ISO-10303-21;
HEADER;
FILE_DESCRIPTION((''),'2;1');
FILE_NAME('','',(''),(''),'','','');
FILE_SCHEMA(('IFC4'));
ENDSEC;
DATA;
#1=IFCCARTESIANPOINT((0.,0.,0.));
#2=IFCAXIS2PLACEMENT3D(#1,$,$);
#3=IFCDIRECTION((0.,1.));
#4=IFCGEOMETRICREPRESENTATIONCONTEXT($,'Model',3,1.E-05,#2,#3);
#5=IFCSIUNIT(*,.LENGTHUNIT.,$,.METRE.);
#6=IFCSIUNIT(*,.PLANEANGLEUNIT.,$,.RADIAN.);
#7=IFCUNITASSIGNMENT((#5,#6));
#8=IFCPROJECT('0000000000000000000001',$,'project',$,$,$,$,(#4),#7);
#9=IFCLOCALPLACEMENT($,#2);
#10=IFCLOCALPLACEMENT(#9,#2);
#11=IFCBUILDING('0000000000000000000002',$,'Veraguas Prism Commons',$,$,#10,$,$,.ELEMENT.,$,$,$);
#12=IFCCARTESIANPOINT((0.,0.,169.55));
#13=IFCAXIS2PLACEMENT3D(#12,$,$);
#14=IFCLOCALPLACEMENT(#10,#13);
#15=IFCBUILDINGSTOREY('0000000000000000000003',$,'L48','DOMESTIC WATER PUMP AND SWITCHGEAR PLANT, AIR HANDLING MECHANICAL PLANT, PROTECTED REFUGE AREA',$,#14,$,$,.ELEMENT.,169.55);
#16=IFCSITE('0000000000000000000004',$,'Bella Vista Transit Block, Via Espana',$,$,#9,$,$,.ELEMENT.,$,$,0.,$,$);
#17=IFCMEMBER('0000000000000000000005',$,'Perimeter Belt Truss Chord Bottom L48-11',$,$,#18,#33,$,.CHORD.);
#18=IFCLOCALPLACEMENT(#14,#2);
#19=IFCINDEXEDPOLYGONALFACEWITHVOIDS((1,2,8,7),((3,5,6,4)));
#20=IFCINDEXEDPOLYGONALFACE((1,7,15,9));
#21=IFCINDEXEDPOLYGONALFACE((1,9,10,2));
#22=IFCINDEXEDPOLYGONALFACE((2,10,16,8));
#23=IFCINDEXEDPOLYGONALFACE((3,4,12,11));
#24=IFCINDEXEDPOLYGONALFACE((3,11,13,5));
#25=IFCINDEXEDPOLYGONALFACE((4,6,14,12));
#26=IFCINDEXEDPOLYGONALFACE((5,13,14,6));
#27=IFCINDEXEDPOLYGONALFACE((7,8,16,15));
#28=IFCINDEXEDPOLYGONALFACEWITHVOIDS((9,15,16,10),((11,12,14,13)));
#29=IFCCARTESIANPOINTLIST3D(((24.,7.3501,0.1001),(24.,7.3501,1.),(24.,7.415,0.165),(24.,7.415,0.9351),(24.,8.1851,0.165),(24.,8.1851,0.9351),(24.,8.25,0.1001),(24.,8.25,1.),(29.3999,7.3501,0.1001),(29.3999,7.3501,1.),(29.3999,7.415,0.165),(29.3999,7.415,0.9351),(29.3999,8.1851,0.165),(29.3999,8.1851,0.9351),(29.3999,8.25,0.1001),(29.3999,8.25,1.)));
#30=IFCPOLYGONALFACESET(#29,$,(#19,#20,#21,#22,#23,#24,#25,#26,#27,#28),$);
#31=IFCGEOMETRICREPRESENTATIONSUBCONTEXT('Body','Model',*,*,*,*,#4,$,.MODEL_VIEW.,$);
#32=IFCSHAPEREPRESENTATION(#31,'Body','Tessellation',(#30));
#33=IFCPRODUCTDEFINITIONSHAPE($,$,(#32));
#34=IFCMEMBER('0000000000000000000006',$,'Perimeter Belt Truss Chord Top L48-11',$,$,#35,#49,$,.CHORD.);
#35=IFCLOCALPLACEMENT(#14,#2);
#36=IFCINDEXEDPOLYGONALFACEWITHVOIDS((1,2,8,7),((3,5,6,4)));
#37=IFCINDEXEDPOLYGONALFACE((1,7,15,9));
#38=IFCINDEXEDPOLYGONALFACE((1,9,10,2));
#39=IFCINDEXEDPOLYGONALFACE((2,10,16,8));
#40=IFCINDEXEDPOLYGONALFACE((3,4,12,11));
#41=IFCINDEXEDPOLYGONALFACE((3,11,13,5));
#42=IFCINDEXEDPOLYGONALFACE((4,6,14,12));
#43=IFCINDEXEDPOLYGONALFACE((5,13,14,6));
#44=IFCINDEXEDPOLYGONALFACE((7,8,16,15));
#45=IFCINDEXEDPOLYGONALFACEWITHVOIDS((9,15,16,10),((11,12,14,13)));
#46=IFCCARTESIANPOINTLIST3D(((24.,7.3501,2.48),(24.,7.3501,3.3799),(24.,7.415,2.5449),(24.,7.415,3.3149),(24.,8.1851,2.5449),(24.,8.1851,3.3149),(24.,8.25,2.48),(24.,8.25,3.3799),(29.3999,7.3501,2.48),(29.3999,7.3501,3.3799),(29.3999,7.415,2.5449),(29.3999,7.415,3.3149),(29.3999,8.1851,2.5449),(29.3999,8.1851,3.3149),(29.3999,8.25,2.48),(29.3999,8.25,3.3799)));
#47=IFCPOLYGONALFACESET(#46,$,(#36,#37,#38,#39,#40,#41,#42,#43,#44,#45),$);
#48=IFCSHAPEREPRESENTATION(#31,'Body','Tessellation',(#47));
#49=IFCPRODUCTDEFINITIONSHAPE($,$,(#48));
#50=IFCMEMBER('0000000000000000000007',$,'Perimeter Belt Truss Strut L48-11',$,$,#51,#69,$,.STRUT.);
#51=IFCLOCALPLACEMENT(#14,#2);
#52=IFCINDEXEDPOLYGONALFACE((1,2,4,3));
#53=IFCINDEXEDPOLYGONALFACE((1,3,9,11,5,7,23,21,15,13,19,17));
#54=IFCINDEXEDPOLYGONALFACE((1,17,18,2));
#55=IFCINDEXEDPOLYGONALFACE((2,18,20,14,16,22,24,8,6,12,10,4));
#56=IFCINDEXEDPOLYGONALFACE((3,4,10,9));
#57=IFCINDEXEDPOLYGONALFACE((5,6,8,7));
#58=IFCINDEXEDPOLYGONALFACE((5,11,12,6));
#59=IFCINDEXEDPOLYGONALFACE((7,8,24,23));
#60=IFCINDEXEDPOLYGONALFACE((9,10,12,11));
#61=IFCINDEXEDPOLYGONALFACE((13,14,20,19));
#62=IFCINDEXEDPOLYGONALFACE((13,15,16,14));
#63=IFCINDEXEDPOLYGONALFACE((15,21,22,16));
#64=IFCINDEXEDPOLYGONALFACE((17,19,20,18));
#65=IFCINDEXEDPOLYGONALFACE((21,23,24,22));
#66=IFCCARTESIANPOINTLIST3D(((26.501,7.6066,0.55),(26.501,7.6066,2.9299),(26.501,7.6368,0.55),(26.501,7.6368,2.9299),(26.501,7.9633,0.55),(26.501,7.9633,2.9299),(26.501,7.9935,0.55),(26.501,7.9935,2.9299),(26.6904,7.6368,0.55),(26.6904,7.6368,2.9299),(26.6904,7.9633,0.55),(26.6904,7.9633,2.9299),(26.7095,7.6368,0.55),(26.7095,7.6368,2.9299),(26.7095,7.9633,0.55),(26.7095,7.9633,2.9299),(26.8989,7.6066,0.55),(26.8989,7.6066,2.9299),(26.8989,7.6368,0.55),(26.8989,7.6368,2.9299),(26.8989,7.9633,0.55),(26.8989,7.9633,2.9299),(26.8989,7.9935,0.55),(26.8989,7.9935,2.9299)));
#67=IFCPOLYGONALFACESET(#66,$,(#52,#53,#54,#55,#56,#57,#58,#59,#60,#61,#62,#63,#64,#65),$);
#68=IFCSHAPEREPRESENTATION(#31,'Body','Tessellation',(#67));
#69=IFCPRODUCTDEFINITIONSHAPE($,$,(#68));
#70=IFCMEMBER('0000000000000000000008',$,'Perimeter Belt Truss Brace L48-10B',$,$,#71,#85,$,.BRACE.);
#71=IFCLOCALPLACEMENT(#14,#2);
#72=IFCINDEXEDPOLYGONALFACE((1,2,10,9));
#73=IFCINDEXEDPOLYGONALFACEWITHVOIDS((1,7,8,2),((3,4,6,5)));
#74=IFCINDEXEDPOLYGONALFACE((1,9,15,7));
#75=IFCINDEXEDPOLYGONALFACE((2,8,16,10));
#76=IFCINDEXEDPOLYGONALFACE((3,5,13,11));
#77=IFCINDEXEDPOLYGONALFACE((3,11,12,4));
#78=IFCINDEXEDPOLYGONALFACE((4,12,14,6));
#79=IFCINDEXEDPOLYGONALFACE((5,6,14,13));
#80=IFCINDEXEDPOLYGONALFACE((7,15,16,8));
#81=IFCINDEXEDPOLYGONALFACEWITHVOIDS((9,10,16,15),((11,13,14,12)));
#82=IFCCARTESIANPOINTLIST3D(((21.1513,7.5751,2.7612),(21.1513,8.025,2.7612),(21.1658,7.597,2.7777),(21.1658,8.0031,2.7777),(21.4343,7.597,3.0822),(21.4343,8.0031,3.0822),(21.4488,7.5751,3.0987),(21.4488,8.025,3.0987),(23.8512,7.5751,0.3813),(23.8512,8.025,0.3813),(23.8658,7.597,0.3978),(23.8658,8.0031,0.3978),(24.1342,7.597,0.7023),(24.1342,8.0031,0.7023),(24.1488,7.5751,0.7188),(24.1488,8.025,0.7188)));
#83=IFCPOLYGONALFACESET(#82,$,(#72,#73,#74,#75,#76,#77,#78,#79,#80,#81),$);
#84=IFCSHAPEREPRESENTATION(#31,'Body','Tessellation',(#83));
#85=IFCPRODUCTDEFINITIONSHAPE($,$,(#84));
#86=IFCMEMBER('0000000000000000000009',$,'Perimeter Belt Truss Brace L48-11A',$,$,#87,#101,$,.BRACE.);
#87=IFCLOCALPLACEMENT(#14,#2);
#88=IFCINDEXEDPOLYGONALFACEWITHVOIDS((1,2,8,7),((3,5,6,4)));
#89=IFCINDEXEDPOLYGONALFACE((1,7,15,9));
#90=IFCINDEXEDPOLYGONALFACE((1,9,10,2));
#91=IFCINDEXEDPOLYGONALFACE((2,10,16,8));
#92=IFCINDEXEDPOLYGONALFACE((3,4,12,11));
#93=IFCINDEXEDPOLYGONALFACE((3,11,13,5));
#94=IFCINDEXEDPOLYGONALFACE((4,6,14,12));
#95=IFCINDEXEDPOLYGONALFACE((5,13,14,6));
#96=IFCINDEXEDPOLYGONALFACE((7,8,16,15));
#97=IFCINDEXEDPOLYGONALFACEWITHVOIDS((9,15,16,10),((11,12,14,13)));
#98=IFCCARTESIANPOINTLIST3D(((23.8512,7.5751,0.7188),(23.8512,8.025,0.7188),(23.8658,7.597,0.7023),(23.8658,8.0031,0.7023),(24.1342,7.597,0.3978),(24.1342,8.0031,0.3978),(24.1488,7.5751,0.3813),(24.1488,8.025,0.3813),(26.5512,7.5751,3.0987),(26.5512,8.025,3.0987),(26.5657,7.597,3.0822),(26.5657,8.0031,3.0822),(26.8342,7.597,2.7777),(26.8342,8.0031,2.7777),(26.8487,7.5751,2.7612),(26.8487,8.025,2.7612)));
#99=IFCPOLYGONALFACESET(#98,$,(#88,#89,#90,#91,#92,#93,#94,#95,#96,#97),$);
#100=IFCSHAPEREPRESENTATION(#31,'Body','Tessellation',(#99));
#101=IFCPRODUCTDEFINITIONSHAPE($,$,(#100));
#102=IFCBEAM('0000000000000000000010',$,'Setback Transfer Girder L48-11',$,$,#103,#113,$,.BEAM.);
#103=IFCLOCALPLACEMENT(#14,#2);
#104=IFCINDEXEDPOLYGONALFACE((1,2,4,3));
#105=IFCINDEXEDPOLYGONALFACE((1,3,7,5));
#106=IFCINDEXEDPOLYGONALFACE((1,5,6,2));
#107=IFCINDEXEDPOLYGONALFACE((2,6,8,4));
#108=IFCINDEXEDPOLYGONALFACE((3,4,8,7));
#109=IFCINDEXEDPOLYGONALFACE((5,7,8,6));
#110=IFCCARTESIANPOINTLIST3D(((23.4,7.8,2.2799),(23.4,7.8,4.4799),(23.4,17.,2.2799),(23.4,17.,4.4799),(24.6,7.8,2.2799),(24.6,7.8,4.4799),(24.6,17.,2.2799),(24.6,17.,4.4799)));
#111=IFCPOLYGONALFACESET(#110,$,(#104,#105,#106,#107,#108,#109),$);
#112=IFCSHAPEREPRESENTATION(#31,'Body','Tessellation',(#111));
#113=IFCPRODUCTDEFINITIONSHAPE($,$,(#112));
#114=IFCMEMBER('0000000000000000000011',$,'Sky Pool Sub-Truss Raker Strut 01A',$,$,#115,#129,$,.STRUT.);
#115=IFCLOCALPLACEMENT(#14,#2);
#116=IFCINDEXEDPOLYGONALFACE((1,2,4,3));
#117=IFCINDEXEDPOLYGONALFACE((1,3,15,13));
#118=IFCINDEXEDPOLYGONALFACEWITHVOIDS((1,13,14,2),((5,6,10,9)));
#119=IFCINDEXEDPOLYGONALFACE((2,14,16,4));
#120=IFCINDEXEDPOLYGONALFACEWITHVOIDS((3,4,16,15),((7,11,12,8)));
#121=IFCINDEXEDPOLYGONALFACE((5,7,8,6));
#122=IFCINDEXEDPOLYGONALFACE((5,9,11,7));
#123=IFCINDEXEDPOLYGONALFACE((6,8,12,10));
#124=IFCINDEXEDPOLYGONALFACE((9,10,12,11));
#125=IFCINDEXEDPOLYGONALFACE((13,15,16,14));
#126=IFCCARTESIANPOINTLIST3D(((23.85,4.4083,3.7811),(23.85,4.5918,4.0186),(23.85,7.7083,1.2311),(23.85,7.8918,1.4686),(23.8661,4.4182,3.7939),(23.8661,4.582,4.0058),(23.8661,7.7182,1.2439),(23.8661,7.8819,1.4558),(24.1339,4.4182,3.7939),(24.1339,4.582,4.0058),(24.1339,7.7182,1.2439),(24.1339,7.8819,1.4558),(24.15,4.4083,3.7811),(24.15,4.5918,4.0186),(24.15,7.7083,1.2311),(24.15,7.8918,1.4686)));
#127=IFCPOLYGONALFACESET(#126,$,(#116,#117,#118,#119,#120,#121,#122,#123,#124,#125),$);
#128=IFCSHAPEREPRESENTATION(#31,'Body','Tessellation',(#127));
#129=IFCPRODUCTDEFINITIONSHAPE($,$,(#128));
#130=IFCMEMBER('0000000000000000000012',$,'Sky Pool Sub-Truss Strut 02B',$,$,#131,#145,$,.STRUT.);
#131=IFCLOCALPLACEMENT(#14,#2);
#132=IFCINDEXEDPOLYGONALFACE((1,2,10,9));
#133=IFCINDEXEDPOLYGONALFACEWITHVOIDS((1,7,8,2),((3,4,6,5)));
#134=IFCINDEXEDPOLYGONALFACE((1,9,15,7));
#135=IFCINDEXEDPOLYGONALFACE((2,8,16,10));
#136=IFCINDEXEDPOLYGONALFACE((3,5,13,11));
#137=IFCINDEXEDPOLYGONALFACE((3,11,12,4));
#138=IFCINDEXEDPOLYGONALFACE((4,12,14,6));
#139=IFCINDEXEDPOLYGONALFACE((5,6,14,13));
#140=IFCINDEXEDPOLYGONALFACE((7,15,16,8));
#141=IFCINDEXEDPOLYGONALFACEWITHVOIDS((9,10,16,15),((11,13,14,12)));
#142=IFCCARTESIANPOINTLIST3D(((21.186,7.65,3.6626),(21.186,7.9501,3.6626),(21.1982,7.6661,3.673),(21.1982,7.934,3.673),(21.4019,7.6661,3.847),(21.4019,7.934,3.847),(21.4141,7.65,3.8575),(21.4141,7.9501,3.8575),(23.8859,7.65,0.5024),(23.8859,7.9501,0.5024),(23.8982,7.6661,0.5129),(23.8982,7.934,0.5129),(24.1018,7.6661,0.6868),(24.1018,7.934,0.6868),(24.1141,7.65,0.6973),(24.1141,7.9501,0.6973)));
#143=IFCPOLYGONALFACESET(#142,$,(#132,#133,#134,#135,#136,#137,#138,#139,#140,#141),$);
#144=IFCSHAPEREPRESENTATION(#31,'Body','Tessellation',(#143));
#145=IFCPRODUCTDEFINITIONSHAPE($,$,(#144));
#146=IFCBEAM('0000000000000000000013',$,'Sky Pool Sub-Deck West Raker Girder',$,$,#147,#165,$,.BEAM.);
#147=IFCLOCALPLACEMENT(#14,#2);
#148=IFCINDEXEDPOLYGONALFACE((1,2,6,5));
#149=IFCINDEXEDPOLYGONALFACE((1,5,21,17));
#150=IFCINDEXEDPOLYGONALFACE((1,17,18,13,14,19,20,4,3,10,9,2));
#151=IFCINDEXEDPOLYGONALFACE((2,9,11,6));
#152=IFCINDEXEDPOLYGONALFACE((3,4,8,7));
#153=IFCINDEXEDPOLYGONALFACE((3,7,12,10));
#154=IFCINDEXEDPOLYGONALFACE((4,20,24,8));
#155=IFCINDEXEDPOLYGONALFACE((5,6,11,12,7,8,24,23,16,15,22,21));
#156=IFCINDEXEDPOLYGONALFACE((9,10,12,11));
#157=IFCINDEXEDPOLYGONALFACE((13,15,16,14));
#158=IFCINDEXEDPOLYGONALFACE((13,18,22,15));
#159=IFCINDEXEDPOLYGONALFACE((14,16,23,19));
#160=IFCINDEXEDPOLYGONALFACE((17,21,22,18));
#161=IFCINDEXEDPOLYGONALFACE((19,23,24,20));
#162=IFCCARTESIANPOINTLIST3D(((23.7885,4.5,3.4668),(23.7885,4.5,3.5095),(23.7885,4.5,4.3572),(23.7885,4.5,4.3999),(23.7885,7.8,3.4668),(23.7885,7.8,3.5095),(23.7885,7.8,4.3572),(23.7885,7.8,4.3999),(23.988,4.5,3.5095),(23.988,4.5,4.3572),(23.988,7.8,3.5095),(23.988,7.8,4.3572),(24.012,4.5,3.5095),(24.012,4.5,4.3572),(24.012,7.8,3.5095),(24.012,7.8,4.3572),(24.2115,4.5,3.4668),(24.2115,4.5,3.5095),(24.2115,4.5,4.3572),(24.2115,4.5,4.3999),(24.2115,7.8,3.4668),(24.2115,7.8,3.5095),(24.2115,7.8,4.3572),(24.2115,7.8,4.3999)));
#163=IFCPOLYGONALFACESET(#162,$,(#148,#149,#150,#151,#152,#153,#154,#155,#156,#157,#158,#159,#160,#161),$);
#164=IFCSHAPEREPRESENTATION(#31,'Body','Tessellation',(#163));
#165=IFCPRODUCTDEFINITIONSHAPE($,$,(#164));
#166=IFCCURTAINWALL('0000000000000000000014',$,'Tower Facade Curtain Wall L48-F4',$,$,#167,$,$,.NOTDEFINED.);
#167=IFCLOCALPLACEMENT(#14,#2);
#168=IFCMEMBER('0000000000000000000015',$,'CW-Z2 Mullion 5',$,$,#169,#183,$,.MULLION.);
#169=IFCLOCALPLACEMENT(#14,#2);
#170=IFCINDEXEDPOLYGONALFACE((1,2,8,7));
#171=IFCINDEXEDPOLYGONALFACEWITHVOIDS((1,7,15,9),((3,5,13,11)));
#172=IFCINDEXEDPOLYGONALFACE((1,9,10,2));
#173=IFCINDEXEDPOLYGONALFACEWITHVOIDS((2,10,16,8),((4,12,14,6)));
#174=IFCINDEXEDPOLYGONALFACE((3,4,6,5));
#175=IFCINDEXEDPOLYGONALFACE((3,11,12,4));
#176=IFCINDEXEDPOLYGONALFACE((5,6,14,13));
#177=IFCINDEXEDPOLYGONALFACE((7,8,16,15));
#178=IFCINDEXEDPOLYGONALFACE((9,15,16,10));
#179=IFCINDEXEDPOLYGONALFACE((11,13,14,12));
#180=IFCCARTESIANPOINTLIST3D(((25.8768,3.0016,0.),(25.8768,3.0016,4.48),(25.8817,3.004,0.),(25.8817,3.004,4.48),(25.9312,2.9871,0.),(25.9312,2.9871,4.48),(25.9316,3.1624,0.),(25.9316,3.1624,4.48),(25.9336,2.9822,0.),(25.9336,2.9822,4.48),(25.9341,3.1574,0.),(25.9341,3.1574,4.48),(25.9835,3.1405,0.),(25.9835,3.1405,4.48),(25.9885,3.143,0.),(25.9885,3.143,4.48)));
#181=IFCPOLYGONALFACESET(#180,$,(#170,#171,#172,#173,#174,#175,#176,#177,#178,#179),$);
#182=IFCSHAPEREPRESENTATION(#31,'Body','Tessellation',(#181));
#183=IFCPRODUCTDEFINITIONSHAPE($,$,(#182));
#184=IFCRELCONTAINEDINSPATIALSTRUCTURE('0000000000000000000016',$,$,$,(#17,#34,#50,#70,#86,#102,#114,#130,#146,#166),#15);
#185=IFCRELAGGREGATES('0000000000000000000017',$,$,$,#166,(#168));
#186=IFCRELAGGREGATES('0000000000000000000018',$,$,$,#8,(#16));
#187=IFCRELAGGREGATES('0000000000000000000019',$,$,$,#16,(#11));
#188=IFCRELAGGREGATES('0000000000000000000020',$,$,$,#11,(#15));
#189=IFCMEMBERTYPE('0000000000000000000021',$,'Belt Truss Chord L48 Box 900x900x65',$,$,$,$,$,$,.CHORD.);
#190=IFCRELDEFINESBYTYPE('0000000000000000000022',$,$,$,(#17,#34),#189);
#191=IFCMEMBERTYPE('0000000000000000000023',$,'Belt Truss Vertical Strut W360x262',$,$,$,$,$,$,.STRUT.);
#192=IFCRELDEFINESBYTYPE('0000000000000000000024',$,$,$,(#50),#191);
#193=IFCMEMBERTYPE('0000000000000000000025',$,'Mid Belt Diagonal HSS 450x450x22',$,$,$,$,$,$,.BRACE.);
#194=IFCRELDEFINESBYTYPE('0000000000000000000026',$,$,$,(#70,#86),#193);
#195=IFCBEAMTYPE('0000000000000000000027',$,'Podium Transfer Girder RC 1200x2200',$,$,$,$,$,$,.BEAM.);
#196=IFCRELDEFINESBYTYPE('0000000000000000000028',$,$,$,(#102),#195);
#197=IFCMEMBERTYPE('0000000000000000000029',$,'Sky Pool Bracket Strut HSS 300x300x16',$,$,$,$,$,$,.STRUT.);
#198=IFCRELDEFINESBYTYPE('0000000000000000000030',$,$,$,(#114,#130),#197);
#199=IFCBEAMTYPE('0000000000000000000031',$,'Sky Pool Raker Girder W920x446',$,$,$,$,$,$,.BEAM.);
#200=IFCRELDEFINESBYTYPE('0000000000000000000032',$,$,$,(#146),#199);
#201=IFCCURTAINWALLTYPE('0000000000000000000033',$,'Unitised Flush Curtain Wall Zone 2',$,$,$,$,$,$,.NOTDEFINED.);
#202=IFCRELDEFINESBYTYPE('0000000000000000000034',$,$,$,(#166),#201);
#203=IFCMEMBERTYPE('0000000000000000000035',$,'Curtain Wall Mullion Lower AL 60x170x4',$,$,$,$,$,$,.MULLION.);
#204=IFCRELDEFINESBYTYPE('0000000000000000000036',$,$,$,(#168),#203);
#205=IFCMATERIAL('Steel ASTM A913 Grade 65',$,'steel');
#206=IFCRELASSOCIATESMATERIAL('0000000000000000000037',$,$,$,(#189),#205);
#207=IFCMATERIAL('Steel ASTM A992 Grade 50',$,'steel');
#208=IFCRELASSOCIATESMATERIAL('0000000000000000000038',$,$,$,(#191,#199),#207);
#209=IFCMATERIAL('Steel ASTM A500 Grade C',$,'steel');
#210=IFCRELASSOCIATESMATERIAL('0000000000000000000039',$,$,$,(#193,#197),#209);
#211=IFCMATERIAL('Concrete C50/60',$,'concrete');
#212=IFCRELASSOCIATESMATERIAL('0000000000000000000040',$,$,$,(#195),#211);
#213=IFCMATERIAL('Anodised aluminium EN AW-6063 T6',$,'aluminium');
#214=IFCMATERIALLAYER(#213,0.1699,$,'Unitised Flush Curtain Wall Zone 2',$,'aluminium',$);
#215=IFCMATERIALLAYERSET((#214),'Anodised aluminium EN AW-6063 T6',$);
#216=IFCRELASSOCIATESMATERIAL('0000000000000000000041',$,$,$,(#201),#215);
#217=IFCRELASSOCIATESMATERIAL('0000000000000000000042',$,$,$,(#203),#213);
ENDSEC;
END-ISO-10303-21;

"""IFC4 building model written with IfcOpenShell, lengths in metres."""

from ifc_helpers import new_model, si_unit, direction, frame, origin, origin_2d, place, context, subcontext, project, spatial, rectangle, hollow_rectangle, i_section, extrude, source, transform, mapped, material, layer, layer_set, material_profile, profile_set, type_object, element, aggregate, save


model = new_model("IFC4")

# Units and contexts
model_context = context("Model", 3, precision=1e-05, world=origin(), true_north=direction((0.0, 1.0)))
body_context = subcontext(model_context, "Body", "Model", "MODEL_VIEW")
ifc_project = project(units=[si_unit("LENGTHUNIT", "METRE"), si_unit("PLANEANGLEUNIT", "RADIAN")], contexts=[model_context])

# Site, building, storey
site_placement = place(None, origin())
site = spatial("IfcSite", under=ifc_project, at=site_placement, Name="Bella Vista Transit Block, Via Espana", CompositionType="ELEMENT", RefElevation=0.0)
building_placement = place(site_placement, origin())
building = spatial("IfcBuilding", under=site, at=building_placement, Name="Veraguas Prism Commons", CompositionType="ELEMENT")
storey_placement = place(building_placement, frame((0.0, 0.0, 169.55)))
storey = spatial("IfcBuildingStorey", under=building, at=storey_placement, Name="L48", Description="DOMESTIC WATER PUMP AND SWITCHGEAR PLANT, AIR HANDLING MECHANICAL PLANT, PROTECTED REFUGE AREA", CompositionType="ELEMENT", Elevation=169.55)

# Members
ifc_material_1 = material(Name="Steel ASTM A913 Grade 65", Category="steel")
ifc_material_profile_1 = material_profile(ifc_material_1, hollow_rectangle(XDim=0.8999, YDim=0.8999, WallThickness=0.0649, at=origin_2d()), Name="BOX900X900X65")
ifc_profile_set_1 = profile_set([ifc_material_profile_1], Name="Steel ASTM A913 Grade 65")
member_type_1 = type_object("IfcMemberType", Name="Belt Truss Chord L48 Box 900x900x65", PredefinedType="CHORD", material=ifc_profile_set_1)
for number, where, z_axis, x_axis, name in (
    (1, (24.0, 7.8, 0.55), (1.0, 0.0, 0.0), (0.0, 1.0, 0.0), "Perimeter Belt Truss Chord Bottom L48-11"),
    (2, (24.0, 7.8, 2.9299), (1.0, 0.0, 0.0), (0.0, 1.0, 0.0), "Perimeter Belt Truss Chord Top L48-11"),
):
    element("IfcMember", number, at=place(storey_placement, frame(where, z_axis=z_axis, x_axis=x_axis)), inside=storey, type_object=member_type_1, Name=name, PredefinedType="CHORD", context=body_context, shape_type="SweptSolid", body=[
        extrude(hollow_rectangle(XDim=0.8999, YDim=0.8999, WallThickness=0.0649, at=origin_2d()), origin(), (0.0, 0.0, 1.0), 5.3999),
    ])
ifc_material_2 = material(Name="Steel ASTM A992 Grade 50", Category="steel")
ifc_material_profile_2 = material_profile(ifc_material_2, i_section(OverallWidth=0.3979, OverallDepth=0.387, WebThickness=0.019, FlangeThickness=0.0303, at=origin_2d()), Name="W360X262")
ifc_profile_set_2 = profile_set([ifc_material_profile_2], Name="Steel ASTM A992 Grade 50")
member_type_2 = type_object("IfcMemberType", Name="Belt Truss Vertical Strut W360x262", PredefinedType="STRUT", material=ifc_profile_set_2)
member_1_placement = place(storey_placement, frame((26.7, 7.8, 0.55), z_axis=(0.0, 0.0, 1.0), x_axis=(1.0, 0.0, 0.0)))
element("IfcMember", 3, at=member_1_placement, inside=storey, type_object=member_type_2, Name="Perimeter Belt Truss Strut L48-11", PredefinedType="STRUT", context=body_context, shape_type="SweptSolid", body=[
    extrude(i_section(OverallWidth=0.3979, OverallDepth=0.387, WebThickness=0.019, FlangeThickness=0.0303, at=origin_2d()), origin(), (0.0, 0.0, 1.0), 2.3799),
])
ifc_material_3 = material(Name="Steel ASTM A500 Grade C", Category="steel")
ifc_material_profile_3 = material_profile(ifc_material_3, hollow_rectangle(XDim=0.45, YDim=0.45, WallThickness=0.022, at=origin_2d()), Name="HSS450X450X22")
ifc_profile_set_3 = profile_set([ifc_material_profile_3], Name="Steel ASTM A500 Grade C")
member_type_3 = type_object("IfcMemberType", Name="Mid Belt Diagonal HSS 450x450x22", PredefinedType="BRACE", material=ifc_profile_set_3)
for number, where, z_axis, x_axis, name in (
    (4, (24.0, 7.8, 0.55), (-0.750172, 0.0, 0.661242), (0.0, -1.0, 0.0), "Perimeter Belt Truss Brace L48-10B"),
    (5, (24.0, 7.8, 0.55), (0.750172, 0.0, 0.661242), (0.0, 1.0, 0.0), "Perimeter Belt Truss Brace L48-11A"),
):
    element("IfcMember", number, at=place(storey_placement, frame(where, z_axis=z_axis, x_axis=x_axis)), inside=storey, type_object=member_type_3, Name=name, PredefinedType="BRACE", context=body_context, shape_type="SweptSolid", body=[
        extrude(hollow_rectangle(XDim=0.45, YDim=0.45, WallThickness=0.022, at=origin_2d()), origin(), (0.0, 0.0, 1.0), 3.5991),
    ])

# Beam
ifc_material_4 = material(Name="Concrete C50/60", Category="concrete")
ifc_material_profile_4 = material_profile(ifc_material_4, rectangle(XDim=1.2, YDim=2.2, at=origin_2d()), Name="RC1200X2200")
ifc_profile_set_4 = profile_set([ifc_material_profile_4], Name="Concrete C50/60")
beam_type_1 = type_object("IfcBeamType", Name="Podium Transfer Girder RC 1200x2200", PredefinedType="BEAM", material=ifc_profile_set_4)
beam_1_placement = place(storey_placement, frame((24.0, 7.8, 3.3799), z_axis=(0.0, 1.0, 0.0), x_axis=(-1.0, 0.0, 0.0)))
element("IfcBeam", 6, at=beam_1_placement, inside=storey, type_object=beam_type_1, Name="Setback Transfer Girder L48-11", PredefinedType="BEAM", context=body_context, shape_type="SweptSolid", body=[
    extrude(rectangle(XDim=1.2, YDim=2.2, at=origin_2d()), origin(), (0.0, 0.0, 1.0), 9.2),
])

# Members
ifc_material_profile_5 = material_profile(ifc_material_3, hollow_rectangle(XDim=0.3, YDim=0.3, WallThickness=0.0161, at=origin_2d()), Name="HSS300X300X16")
ifc_profile_set_5 = profile_set([ifc_material_profile_5], Name="Steel ASTM A500 Grade C")
member_type_4 = type_object("IfcMemberType", Name="Sky Pool Bracket Strut HSS 300x300x16", PredefinedType="STRUT", material=ifc_profile_set_5)
member_2_placement = place(storey_placement, frame((24.0, 7.8, 1.3499), z_axis=(0.0, -0.791284, 0.611449), x_axis=(1.0, 0.0, 0.0)))
element("IfcMember", 7, at=member_2_placement, inside=storey, type_object=member_type_4, Name="Sky Pool Sub-Truss Raker Strut 01A", PredefinedType="STRUT", context=body_context, shape_type="SweptSolid", body=[
    extrude(hollow_rectangle(XDim=0.3, YDim=0.3, WallThickness=0.0161, at=origin_2d()), origin(), (0.0, 0.0, 1.0), 4.1704),
])
member_3_placement = place(storey_placement, frame((24.0, 7.8, 0.5999), z_axis=(-0.649576, 0.0, 0.760296), x_axis=(0.0, -1.0, 0.0)))
element("IfcMember", 8, at=member_3_placement, inside=storey, type_object=member_type_4, Name="Sky Pool Sub-Truss Strut 02B", PredefinedType="STRUT", context=body_context, shape_type="SweptSolid", body=[
    extrude(hollow_rectangle(XDim=0.3, YDim=0.3, WallThickness=0.0161, at=origin_2d()), origin(), (0.0, 0.0, 1.0), 4.1565),
])

# Beam
ifc_material_profile_6 = material_profile(ifc_material_2, i_section(OverallWidth=0.4231, OverallDepth=0.9331, WebThickness=0.0239, FlangeThickness=0.0427, at=origin_2d()), Name="W920X446")
ifc_profile_set_6 = profile_set([ifc_material_profile_6], Name="Steel ASTM A992 Grade 50")
beam_type_2 = type_object("IfcBeamType", Name="Sky Pool Raker Girder W920x446", PredefinedType="BEAM", material=ifc_profile_set_6)
beam_2_placement = place(storey_placement, frame((24.0, 7.8, 3.9333), z_axis=(0.0, -1.0, 0.0), x_axis=(1.0, 0.0, 0.0)))
element("IfcBeam", 9, at=beam_2_placement, inside=storey, type_object=beam_type_2, Name="Sky Pool Sub-Deck West Raker Girder", PredefinedType="BEAM", context=body_context, shape_type="SweptSolid", body=[
    extrude(i_section(OverallWidth=0.4231, OverallDepth=0.9331, WebThickness=0.0239, FlangeThickness=0.0427, at=origin_2d()), origin(), (0.0, 0.0, 1.0), 3.3),
])

# Curtain wall, member
ifc_material_5 = material(Name="Anodised aluminium EN AW-6063 T6", Category="aluminium")
ifc_layer_1 = layer(ifc_material_5, 0.1699, Name="Unitised Flush Curtain Wall Zone 2", Category="aluminium")
ifc_layer_set_1 = layer_set([ifc_layer_1], Name="Anodised aluminium EN AW-6063 T6")
curtain_wall_type = type_object("IfcCurtainWallType", Name="Unitised Flush Curtain Wall Zone 2", PredefinedType="NOTDEFINED", material=ifc_layer_set_1)
curtain_wall_1_placement = place(storey_placement, origin())
curtain_wall_1 = element("IfcCurtainWall", 10, at=curtain_wall_1_placement, inside=storey, type_object=curtain_wall_type, Name="Tower Facade Curtain Wall L48-F4", PredefinedType="NOTDEFINED")
ifc_material_profile_7 = material_profile(ifc_material_5, hollow_rectangle(XDim=0.0601, YDim=0.1699, WallThickness=0.0039, at=origin_2d()), Name="AL60X170X4")
ifc_profile_set_7 = profile_set([ifc_material_profile_7], Name="Anodised aluminium EN AW-6063 T6")
member_type_5 = type_object("IfcMemberType", Name="Curtain Wall Mullion Lower AL 60x170x4", PredefinedType="MULLION", material=ifc_profile_set_7)
shared_shape_1 = source(origin(), body_context, "Body", "SweptSolid", [
    extrude(hollow_rectangle(XDim=0.0601, YDim=0.1699, WallThickness=0.0039, at=origin_2d()), origin(), (0.0, 0.0, 1.0), 4.48),
])
member_4_placement = place(storey_placement, frame((25.9326, 3.0723, 0.0), z_axis=(0.0, 0.0, 1.0), x_axis=(0.946425, -0.322925, 0.0)))
member_4 = element("IfcMember", 11, at=member_4_placement, type_object=member_type_5, Name="CW-Z2 Mullion 5", PredefinedType="MULLION", context=body_context, shape_type="MappedRepresentation", body=[
    mapped(shared_shape_1, transform((0.0, 0.0, 0.0), scale=1.0)),
])
aggregate(curtain_wall_1, [member_4])

save(model, "model.ifc")
